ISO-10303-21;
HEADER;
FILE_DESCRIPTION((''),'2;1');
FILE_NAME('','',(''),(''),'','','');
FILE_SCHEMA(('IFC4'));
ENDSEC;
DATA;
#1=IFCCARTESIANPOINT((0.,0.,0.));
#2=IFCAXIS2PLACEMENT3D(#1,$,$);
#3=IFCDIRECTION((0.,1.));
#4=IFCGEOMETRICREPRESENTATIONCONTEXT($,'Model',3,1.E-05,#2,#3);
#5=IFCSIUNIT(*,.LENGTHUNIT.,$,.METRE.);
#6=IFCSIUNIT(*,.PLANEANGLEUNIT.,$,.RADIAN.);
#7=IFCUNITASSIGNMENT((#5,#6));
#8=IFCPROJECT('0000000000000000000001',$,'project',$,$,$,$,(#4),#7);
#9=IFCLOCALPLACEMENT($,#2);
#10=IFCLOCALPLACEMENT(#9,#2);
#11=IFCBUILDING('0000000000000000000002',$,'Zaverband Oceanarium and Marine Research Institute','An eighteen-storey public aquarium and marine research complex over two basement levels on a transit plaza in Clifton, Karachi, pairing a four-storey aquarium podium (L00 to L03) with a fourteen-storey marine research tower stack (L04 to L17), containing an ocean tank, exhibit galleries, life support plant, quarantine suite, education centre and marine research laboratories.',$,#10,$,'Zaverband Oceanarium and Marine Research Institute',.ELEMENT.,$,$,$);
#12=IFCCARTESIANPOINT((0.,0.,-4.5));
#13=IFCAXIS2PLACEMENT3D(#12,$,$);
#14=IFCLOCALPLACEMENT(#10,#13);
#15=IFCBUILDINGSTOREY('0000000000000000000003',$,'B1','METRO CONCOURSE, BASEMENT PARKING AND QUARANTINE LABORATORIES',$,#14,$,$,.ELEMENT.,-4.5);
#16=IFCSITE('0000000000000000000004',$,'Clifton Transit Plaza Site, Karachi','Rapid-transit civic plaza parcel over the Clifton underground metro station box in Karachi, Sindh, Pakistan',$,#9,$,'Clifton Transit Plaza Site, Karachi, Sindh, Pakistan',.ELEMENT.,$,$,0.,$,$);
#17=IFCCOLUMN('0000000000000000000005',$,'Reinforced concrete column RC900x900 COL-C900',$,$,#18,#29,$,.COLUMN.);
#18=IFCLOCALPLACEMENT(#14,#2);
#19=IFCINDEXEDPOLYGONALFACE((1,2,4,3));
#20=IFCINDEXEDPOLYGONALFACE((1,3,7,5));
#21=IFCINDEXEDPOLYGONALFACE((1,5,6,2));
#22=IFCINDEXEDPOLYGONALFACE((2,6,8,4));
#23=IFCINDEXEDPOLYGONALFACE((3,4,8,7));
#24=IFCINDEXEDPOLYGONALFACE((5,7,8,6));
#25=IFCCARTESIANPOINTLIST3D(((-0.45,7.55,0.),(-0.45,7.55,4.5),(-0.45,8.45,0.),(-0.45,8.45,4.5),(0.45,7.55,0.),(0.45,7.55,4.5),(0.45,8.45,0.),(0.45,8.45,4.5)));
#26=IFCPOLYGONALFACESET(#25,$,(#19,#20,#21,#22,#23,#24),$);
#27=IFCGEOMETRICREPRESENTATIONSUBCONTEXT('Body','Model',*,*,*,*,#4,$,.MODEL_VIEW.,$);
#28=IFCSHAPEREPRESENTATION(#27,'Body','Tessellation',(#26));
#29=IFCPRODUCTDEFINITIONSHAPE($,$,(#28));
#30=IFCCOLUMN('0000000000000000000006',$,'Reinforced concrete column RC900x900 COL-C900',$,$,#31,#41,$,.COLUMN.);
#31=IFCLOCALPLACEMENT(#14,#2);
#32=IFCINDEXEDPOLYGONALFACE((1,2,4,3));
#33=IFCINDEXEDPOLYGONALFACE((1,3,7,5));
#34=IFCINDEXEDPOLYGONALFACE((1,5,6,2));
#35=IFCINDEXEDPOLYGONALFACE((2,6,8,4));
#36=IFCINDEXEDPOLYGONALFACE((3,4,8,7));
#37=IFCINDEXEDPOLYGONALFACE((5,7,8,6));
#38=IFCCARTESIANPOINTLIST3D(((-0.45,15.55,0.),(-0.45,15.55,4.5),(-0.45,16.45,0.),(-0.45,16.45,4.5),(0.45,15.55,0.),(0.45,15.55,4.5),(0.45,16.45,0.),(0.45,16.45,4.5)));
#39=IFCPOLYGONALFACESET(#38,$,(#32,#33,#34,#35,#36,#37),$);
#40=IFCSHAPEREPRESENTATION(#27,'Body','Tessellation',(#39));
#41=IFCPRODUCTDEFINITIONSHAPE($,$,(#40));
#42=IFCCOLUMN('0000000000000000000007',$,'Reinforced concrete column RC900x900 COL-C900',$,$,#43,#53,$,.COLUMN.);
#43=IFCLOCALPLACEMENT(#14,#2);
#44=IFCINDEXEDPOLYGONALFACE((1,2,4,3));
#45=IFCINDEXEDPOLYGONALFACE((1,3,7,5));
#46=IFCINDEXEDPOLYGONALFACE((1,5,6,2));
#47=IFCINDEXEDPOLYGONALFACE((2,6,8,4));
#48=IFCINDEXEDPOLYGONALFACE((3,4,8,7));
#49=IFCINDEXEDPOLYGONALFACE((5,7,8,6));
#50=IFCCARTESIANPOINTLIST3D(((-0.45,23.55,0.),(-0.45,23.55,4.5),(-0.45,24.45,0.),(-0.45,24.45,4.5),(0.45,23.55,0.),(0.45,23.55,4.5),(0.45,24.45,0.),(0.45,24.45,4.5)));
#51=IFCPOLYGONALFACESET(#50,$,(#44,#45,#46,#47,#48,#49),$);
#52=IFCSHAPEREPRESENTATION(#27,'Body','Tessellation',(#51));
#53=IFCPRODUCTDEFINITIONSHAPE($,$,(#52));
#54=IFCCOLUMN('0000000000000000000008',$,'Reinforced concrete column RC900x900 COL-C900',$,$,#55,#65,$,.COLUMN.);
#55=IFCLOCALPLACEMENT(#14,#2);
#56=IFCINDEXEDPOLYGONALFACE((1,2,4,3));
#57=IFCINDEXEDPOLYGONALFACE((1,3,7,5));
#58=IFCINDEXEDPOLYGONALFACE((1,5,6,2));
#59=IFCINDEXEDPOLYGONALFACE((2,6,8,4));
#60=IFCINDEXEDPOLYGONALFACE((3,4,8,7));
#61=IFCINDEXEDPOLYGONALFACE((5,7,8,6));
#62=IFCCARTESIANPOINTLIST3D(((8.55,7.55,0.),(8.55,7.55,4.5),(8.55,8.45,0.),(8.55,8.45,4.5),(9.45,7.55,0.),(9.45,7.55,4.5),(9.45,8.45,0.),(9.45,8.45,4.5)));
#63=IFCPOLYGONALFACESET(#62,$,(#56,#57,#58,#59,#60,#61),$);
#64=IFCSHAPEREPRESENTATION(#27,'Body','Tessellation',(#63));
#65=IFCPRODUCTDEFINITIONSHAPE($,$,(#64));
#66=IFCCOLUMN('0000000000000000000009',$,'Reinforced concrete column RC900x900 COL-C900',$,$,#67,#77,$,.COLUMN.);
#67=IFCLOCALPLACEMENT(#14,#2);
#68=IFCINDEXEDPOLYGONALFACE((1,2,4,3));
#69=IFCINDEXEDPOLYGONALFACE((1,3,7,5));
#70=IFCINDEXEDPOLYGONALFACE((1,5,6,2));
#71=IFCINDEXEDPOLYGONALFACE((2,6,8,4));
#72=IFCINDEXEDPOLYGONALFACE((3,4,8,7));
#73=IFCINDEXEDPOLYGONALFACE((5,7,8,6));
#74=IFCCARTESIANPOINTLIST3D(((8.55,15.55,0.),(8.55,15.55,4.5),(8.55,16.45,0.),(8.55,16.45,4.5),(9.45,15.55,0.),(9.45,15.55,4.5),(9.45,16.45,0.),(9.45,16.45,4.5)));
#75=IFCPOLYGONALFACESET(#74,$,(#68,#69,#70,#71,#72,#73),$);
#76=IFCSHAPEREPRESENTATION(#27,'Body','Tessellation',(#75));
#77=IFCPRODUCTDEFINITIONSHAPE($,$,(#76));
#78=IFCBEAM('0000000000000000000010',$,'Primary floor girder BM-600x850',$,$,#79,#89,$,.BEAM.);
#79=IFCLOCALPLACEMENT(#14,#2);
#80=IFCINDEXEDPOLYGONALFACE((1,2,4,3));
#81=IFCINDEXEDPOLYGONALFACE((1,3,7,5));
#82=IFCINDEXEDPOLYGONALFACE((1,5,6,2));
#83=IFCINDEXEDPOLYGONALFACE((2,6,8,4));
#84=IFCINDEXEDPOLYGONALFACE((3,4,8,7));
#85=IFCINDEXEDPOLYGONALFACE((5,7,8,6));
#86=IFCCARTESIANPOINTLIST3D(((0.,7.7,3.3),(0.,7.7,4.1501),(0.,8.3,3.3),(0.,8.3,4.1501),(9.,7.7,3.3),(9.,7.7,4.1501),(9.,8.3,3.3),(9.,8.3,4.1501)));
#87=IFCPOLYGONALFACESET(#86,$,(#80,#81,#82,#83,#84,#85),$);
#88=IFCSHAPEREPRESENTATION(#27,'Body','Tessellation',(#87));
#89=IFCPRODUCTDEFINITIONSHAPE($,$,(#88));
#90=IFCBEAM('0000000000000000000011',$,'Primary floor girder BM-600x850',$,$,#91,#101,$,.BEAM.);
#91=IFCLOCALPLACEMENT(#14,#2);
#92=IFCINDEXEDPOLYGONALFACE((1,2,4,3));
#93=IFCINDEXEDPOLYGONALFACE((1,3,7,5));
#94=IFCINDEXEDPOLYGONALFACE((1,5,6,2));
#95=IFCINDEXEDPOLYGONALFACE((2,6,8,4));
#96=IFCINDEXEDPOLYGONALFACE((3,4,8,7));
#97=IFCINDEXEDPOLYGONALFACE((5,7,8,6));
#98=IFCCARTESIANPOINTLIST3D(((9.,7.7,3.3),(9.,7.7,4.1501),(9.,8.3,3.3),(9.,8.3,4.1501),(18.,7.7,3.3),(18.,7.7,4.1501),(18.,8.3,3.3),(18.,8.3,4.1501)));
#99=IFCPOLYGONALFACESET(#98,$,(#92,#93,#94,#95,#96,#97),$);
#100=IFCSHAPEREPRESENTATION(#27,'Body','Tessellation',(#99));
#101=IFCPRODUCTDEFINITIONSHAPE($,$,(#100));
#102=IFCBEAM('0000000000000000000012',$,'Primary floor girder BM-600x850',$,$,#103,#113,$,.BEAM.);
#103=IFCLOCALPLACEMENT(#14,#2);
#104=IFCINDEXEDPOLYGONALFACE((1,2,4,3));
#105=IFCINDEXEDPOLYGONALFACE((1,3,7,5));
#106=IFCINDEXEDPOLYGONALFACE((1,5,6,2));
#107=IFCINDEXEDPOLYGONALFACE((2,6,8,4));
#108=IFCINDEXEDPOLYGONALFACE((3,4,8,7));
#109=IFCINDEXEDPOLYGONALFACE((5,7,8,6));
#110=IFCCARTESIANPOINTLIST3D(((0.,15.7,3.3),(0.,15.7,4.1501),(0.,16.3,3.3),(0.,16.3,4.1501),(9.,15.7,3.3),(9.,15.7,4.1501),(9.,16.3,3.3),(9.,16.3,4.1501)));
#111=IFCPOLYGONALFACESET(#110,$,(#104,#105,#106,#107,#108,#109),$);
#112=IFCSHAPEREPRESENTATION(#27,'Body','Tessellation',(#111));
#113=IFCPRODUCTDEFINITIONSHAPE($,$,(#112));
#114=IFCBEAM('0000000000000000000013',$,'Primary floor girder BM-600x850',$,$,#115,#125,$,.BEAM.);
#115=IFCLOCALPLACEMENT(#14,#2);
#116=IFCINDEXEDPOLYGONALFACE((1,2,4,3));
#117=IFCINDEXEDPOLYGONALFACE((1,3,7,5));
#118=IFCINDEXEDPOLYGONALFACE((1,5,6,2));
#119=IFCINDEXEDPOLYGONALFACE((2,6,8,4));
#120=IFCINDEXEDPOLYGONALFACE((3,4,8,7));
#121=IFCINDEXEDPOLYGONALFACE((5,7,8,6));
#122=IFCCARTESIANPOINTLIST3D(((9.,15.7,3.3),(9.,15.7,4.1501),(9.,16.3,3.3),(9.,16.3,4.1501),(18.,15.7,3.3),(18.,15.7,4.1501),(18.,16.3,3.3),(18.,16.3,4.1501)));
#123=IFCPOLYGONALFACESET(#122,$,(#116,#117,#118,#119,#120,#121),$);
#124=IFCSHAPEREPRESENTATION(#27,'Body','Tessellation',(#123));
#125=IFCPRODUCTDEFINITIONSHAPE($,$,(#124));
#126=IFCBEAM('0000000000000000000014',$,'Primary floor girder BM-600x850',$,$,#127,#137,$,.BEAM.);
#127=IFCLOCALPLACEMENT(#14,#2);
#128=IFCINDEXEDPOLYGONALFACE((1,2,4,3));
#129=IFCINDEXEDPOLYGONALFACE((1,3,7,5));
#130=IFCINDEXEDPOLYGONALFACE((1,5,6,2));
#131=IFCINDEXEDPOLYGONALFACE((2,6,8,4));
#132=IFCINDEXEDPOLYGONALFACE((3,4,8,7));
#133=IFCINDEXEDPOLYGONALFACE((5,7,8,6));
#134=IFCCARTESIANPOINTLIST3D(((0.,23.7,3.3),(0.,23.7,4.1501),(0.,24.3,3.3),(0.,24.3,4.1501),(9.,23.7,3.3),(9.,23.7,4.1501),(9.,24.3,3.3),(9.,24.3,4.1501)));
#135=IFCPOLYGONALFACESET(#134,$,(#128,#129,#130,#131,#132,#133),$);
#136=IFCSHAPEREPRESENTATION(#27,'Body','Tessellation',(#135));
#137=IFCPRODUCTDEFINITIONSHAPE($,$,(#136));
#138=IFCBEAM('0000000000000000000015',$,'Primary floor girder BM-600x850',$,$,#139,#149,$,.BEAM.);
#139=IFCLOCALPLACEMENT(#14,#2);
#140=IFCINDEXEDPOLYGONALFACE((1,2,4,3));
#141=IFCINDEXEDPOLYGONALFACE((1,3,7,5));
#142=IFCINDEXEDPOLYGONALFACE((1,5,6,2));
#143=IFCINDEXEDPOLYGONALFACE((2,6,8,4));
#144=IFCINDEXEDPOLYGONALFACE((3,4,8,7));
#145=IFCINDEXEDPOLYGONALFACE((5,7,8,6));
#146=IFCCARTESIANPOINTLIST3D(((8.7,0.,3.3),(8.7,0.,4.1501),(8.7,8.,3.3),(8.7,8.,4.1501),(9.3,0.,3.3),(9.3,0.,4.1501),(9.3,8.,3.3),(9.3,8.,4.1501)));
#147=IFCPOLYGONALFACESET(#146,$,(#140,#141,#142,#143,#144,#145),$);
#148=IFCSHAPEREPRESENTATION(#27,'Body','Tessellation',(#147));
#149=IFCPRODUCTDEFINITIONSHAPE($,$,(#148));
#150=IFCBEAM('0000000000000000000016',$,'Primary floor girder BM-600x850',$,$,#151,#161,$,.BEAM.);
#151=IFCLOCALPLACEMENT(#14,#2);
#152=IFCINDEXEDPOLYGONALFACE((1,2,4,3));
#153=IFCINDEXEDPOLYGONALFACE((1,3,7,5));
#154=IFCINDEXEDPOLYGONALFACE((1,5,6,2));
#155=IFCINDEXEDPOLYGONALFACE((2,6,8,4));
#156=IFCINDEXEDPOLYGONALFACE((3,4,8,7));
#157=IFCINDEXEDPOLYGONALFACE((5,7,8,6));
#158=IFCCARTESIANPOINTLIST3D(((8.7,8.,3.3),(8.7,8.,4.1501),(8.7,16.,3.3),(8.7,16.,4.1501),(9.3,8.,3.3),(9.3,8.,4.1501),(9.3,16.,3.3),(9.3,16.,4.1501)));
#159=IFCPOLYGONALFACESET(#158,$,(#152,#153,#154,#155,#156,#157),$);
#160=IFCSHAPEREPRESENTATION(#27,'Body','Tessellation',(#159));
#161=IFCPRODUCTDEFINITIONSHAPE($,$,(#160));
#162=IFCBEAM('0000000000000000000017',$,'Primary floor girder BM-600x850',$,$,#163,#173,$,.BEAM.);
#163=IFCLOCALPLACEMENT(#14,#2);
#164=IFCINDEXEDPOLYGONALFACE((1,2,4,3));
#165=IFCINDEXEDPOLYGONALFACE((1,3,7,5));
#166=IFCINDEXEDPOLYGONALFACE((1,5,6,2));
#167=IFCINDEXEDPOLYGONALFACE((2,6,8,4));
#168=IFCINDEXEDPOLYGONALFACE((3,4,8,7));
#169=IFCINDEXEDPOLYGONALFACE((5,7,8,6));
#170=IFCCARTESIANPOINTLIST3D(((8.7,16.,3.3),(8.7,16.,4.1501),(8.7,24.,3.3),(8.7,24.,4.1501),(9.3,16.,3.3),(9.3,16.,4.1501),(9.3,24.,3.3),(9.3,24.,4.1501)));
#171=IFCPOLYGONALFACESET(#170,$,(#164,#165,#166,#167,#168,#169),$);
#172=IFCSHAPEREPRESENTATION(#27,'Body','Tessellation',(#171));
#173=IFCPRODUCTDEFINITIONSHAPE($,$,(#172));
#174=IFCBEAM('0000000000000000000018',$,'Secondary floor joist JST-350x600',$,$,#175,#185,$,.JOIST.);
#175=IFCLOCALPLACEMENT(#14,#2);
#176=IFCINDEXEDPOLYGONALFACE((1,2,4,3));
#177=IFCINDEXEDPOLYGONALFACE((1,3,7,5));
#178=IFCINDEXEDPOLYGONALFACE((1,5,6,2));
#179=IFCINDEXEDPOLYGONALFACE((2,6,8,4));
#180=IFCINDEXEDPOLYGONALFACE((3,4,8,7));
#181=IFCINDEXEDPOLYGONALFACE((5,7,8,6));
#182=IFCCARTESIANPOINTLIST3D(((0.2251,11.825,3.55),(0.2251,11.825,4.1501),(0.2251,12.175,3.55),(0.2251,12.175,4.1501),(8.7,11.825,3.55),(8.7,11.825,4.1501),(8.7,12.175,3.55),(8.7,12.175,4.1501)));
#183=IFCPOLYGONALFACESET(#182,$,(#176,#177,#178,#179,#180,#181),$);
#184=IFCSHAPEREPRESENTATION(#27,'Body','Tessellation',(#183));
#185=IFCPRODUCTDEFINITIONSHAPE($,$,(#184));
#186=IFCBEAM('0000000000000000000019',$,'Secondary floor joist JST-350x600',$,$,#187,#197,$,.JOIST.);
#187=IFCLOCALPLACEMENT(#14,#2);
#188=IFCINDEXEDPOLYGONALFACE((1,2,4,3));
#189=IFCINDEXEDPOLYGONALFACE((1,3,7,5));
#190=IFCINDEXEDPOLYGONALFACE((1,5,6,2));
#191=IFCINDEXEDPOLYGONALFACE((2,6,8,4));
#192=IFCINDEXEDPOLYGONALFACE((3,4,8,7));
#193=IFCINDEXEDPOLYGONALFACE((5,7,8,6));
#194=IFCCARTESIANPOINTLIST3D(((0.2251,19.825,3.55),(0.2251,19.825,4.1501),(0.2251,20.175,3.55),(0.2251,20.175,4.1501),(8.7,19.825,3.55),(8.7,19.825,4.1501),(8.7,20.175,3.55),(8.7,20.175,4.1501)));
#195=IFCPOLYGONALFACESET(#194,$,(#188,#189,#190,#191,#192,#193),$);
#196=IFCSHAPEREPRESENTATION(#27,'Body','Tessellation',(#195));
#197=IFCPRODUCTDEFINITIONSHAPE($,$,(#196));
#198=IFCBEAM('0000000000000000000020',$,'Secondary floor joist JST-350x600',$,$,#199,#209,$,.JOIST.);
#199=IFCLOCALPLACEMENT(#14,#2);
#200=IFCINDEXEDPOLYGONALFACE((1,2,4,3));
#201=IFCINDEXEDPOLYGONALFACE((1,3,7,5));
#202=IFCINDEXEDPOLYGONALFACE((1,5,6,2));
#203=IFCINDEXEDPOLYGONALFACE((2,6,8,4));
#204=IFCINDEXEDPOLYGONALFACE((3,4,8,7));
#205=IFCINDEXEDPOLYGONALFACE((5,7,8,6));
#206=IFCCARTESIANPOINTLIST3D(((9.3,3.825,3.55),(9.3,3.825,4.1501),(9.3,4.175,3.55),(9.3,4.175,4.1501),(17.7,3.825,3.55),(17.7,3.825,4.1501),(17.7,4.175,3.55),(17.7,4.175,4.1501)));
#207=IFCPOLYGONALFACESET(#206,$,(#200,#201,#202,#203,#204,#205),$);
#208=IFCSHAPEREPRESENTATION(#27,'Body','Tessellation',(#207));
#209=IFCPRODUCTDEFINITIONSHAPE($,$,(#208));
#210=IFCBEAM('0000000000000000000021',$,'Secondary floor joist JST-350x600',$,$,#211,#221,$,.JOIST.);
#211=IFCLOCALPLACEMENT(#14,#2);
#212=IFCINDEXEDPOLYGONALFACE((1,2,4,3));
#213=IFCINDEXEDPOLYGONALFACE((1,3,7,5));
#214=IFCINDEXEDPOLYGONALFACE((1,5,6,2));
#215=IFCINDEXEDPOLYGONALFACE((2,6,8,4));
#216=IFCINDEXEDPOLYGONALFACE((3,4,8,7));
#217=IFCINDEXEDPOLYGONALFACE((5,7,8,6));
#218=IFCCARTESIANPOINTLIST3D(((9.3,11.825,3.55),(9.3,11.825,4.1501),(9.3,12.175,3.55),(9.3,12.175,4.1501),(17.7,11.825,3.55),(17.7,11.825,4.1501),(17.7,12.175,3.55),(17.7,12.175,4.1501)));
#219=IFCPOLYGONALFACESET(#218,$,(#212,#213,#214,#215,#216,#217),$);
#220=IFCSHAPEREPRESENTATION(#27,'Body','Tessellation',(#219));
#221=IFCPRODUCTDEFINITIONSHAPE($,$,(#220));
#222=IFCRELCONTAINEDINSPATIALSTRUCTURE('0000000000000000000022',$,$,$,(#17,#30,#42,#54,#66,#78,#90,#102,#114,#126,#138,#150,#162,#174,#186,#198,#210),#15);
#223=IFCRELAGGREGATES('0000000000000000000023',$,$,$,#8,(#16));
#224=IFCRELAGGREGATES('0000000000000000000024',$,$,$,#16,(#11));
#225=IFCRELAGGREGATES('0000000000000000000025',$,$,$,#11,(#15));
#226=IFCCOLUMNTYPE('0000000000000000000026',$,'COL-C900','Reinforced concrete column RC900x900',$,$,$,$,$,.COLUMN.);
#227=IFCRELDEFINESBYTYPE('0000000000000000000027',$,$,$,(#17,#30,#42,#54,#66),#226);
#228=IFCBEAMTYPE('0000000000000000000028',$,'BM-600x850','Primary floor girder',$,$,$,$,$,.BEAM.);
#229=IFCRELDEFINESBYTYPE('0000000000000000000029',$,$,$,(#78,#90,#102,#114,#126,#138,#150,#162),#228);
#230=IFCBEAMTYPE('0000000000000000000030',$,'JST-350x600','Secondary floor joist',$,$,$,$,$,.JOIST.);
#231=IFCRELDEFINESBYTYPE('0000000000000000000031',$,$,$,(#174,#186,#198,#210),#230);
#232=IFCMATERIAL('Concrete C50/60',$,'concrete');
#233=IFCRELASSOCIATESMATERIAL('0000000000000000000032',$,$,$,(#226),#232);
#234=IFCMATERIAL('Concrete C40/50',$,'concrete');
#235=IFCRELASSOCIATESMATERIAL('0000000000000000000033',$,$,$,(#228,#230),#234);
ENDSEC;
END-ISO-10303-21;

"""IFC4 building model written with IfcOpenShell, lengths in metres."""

from ifc_helpers import new_model, si_unit, direction, frame, origin, origin_2d, place, context, subcontext, project, spatial, rectangle, extrude, material, material_profile, profile_set, type_object, element, save


model = new_model("IFC4")

# Units and contexts
model_context = context("Model", 3, precision=1e-05, world=origin(), true_north=direction((0.0, 1.0)))
body_context = subcontext(model_context, "Body", "Model", "MODEL_VIEW")
ifc_project = project(units=[si_unit("LENGTHUNIT", "METRE"), si_unit("PLANEANGLEUNIT", "RADIAN")], contexts=[model_context])

# Site, building, storey
site_placement = place(None, origin())
site = spatial("IfcSite", under=ifc_project, at=site_placement, Name="Clifton Transit Plaza Site, Karachi", Description="Rapid-transit civic plaza parcel over the Clifton underground metro station box in Karachi, Sindh, Pakistan", LongName="Clifton Transit Plaza Site, Karachi, Sindh, Pakistan", CompositionType="ELEMENT", RefElevation=0.0)
building_placement = place(site_placement, origin())
building = spatial("IfcBuilding", under=site, at=building_placement, Name="Zaverband Oceanarium and Marine Research Institute", Description="An eighteen-storey public aquarium and marine research complex over two basement levels on a transit plaza in Clifton, Karachi, pairing a four-storey aquarium podium (L00 to L03) with a fourteen-storey marine research tower stack (L04 to L17), containing an ocean tank, exhibit galleries, life support plant, quarantine suite, education centre and marine research laboratories.", LongName="Zaverband Oceanarium and Marine Research Institute", CompositionType="ELEMENT")
storey_placement = place(building_placement, frame((0.0, 0.0, -4.5)))
storey = spatial("IfcBuildingStorey", under=building, at=storey_placement, Name="B1", Description="METRO CONCOURSE, BASEMENT PARKING AND QUARANTINE LABORATORIES", CompositionType="ELEMENT", Elevation=-4.5)

# Columns
ifc_material_1 = material(Name="Concrete C50/60", Category="concrete")
ifc_material_profile_1 = material_profile(ifc_material_1, rectangle(XDim=0.8999, YDim=0.8999, at=origin_2d()), Name="RC900x900")
ifc_profile_set_1 = profile_set([ifc_material_profile_1], Name="Concrete C50/60")
column_type = type_object("IfcColumnType", Name="COL-C900", Description="Reinforced concrete column RC900x900", PredefinedType="COLUMN", material=ifc_profile_set_1)
for number, where, z_axis, x_axis, name in (
    (1, (0.0, 8.0, 0.0), (0.0, 0.0, 1.0), (1.0, 0.0, 0.0), "Reinforced concrete column RC900x900 COL-C900"),
    (2, (0.0, 16.0, 0.0), (0.0, 0.0, 1.0), (1.0, 0.0, 0.0), "Reinforced concrete column RC900x900 COL-C900"),
    (3, (0.0, 24.0, 0.0), (0.0, 0.0, 1.0), (1.0, 0.0, 0.0), "Reinforced concrete column RC900x900 COL-C900"),
    (4, (9.0, 8.0, 0.0), (0.0, 0.0, 1.0), (1.0, 0.0, 0.0), "Reinforced concrete column RC900x900 COL-C900"),
    (5, (9.0, 16.0, 0.0), (0.0, 0.0, 1.0), (1.0, 0.0, 0.0), "Reinforced concrete column RC900x900 COL-C900"),
):
    element("IfcColumn", number, at=place(storey_placement, frame(where, z_axis=z_axis, x_axis=x_axis)), inside=storey, type_object=column_type, Name=name, PredefinedType="COLUMN", context=body_context, shape_type="SweptSolid", body=[
        extrude(rectangle(XDim=0.8999, YDim=0.8999, at=origin_2d()), origin(), (0.0, 0.0, 1.0), 4.5),
    ])

# Beams
ifc_material_2 = material(Name="Concrete C40/50", Category="concrete")
ifc_material_profile_2 = material_profile(ifc_material_2, rectangle(XDim=0.6001, YDim=0.8501, at=origin_2d()), Name="RC600x850")
ifc_profile_set_2 = profile_set([ifc_material_profile_2], Name="Concrete C40/50")
beam_type_1 = type_object("IfcBeamType", Name="BM-600x850", Description="Primary floor girder", PredefinedType="BEAM", material=ifc_profile_set_2)
for number, where, z_axis, x_axis, name in (
    (6, (0.0, 8.0, 3.7251), (1.0, 0.0, 0.0), (0.0, 1.0, 0.0), "Primary floor girder BM-600x850"),
    (7, (9.0, 8.0, 3.7251), (1.0, 0.0, 0.0), (0.0, 1.0, 0.0), "Primary floor girder BM-600x850"),
    (8, (0.0, 16.0, 3.7251), (1.0, 0.0, 0.0), (0.0, 1.0, 0.0), "Primary floor girder BM-600x850"),
    (9, (9.0, 16.0, 3.7251), (1.0, 0.0, 0.0), (0.0, 1.0, 0.0), "Primary floor girder BM-600x850"),
    (10, (0.0, 24.0, 3.7251), (1.0, 0.0, 0.0), (0.0, 1.0, 0.0), "Primary floor girder BM-600x850"),
):
    element("IfcBeam", number, at=place(storey_placement, frame(where, z_axis=z_axis, x_axis=x_axis)), inside=storey, type_object=beam_type_1, Name=name, PredefinedType="BEAM", context=body_context, shape_type="SweptSolid", body=[
        extrude(rectangle(XDim=0.6001, YDim=0.8501, at=origin_2d()), origin(), (0.0, 0.0, 1.0), 9.0),
    ])
for number, where, z_axis, x_axis, name in (
    (11, (9.0, 0.0, 3.7251), (0.0, 1.0, 0.0), (-1.0, 0.0, 0.0), "Primary floor girder BM-600x850"),
    (12, (9.0, 8.0, 3.7251), (0.0, 1.0, 0.0), (-1.0, 0.0, 0.0), "Primary floor girder BM-600x850"),
    (13, (9.0, 16.0, 3.7251), (0.0, 1.0, 0.0), (-1.0, 0.0, 0.0), "Primary floor girder BM-600x850"),
):
    element("IfcBeam", number, at=place(storey_placement, frame(where, z_axis=z_axis, x_axis=x_axis)), inside=storey, type_object=beam_type_1, Name=name, PredefinedType="BEAM", context=body_context, shape_type="SweptSolid", body=[
        extrude(rectangle(XDim=0.6001, YDim=0.8501, at=origin_2d()), origin(), (0.0, 0.0, 1.0), 8.0),
    ])
ifc_material_profile_3 = material_profile(ifc_material_2, rectangle(XDim=0.3501, YDim=0.6001, at=origin_2d()), Name="RC350x600")
ifc_profile_set_3 = profile_set([ifc_material_profile_3], Name="Concrete C40/50")
beam_type_2 = type_object("IfcBeamType", Name="JST-350x600", Description="Secondary floor joist", PredefinedType="JOIST", material=ifc_profile_set_3)
for number, where, z_axis, x_axis, name in (
    (14, (0.2251, 12.0, 3.8501), (1.0, 0.0, 0.0), (0.0, 1.0, 0.0), "Secondary floor joist JST-350x600"),
    (15, (0.2251, 20.0, 3.8501), (1.0, 0.0, 0.0), (0.0, 1.0, 0.0), "Secondary floor joist JST-350x600"),
):
    element("IfcBeam", number, at=place(storey_placement, frame(where, z_axis=z_axis, x_axis=x_axis)), inside=storey, type_object=beam_type_2, Name=name, PredefinedType="JOIST", context=body_context, shape_type="SweptSolid", body=[
        extrude(rectangle(XDim=0.3501, YDim=0.6001, at=origin_2d()), origin(), (0.0, 0.0, 1.0), 8.4749),
    ])
for number, where, z_axis, x_axis, name in (
    (16, (9.3, 4.0, 3.8501), (1.0, 0.0, 0.0), (0.0, 1.0, 0.0), "Secondary floor joist JST-350x600"),
    (17, (9.3, 12.0, 3.8501), (1.0, 0.0, 0.0), (0.0, 1.0, 0.0), "Secondary floor joist JST-350x600"),
):
    element("IfcBeam", number, at=place(storey_placement, frame(where, z_axis=z_axis, x_axis=x_axis)), inside=storey, type_object=beam_type_2, Name=name, PredefinedType="JOIST", context=body_context, shape_type="SweptSolid", body=[
        extrude(rectangle(XDim=0.3501, YDim=0.6001, at=origin_2d()), origin(), (0.0, 0.0, 1.0), 8.3999),
    ])

save(model, "model.ifc")
